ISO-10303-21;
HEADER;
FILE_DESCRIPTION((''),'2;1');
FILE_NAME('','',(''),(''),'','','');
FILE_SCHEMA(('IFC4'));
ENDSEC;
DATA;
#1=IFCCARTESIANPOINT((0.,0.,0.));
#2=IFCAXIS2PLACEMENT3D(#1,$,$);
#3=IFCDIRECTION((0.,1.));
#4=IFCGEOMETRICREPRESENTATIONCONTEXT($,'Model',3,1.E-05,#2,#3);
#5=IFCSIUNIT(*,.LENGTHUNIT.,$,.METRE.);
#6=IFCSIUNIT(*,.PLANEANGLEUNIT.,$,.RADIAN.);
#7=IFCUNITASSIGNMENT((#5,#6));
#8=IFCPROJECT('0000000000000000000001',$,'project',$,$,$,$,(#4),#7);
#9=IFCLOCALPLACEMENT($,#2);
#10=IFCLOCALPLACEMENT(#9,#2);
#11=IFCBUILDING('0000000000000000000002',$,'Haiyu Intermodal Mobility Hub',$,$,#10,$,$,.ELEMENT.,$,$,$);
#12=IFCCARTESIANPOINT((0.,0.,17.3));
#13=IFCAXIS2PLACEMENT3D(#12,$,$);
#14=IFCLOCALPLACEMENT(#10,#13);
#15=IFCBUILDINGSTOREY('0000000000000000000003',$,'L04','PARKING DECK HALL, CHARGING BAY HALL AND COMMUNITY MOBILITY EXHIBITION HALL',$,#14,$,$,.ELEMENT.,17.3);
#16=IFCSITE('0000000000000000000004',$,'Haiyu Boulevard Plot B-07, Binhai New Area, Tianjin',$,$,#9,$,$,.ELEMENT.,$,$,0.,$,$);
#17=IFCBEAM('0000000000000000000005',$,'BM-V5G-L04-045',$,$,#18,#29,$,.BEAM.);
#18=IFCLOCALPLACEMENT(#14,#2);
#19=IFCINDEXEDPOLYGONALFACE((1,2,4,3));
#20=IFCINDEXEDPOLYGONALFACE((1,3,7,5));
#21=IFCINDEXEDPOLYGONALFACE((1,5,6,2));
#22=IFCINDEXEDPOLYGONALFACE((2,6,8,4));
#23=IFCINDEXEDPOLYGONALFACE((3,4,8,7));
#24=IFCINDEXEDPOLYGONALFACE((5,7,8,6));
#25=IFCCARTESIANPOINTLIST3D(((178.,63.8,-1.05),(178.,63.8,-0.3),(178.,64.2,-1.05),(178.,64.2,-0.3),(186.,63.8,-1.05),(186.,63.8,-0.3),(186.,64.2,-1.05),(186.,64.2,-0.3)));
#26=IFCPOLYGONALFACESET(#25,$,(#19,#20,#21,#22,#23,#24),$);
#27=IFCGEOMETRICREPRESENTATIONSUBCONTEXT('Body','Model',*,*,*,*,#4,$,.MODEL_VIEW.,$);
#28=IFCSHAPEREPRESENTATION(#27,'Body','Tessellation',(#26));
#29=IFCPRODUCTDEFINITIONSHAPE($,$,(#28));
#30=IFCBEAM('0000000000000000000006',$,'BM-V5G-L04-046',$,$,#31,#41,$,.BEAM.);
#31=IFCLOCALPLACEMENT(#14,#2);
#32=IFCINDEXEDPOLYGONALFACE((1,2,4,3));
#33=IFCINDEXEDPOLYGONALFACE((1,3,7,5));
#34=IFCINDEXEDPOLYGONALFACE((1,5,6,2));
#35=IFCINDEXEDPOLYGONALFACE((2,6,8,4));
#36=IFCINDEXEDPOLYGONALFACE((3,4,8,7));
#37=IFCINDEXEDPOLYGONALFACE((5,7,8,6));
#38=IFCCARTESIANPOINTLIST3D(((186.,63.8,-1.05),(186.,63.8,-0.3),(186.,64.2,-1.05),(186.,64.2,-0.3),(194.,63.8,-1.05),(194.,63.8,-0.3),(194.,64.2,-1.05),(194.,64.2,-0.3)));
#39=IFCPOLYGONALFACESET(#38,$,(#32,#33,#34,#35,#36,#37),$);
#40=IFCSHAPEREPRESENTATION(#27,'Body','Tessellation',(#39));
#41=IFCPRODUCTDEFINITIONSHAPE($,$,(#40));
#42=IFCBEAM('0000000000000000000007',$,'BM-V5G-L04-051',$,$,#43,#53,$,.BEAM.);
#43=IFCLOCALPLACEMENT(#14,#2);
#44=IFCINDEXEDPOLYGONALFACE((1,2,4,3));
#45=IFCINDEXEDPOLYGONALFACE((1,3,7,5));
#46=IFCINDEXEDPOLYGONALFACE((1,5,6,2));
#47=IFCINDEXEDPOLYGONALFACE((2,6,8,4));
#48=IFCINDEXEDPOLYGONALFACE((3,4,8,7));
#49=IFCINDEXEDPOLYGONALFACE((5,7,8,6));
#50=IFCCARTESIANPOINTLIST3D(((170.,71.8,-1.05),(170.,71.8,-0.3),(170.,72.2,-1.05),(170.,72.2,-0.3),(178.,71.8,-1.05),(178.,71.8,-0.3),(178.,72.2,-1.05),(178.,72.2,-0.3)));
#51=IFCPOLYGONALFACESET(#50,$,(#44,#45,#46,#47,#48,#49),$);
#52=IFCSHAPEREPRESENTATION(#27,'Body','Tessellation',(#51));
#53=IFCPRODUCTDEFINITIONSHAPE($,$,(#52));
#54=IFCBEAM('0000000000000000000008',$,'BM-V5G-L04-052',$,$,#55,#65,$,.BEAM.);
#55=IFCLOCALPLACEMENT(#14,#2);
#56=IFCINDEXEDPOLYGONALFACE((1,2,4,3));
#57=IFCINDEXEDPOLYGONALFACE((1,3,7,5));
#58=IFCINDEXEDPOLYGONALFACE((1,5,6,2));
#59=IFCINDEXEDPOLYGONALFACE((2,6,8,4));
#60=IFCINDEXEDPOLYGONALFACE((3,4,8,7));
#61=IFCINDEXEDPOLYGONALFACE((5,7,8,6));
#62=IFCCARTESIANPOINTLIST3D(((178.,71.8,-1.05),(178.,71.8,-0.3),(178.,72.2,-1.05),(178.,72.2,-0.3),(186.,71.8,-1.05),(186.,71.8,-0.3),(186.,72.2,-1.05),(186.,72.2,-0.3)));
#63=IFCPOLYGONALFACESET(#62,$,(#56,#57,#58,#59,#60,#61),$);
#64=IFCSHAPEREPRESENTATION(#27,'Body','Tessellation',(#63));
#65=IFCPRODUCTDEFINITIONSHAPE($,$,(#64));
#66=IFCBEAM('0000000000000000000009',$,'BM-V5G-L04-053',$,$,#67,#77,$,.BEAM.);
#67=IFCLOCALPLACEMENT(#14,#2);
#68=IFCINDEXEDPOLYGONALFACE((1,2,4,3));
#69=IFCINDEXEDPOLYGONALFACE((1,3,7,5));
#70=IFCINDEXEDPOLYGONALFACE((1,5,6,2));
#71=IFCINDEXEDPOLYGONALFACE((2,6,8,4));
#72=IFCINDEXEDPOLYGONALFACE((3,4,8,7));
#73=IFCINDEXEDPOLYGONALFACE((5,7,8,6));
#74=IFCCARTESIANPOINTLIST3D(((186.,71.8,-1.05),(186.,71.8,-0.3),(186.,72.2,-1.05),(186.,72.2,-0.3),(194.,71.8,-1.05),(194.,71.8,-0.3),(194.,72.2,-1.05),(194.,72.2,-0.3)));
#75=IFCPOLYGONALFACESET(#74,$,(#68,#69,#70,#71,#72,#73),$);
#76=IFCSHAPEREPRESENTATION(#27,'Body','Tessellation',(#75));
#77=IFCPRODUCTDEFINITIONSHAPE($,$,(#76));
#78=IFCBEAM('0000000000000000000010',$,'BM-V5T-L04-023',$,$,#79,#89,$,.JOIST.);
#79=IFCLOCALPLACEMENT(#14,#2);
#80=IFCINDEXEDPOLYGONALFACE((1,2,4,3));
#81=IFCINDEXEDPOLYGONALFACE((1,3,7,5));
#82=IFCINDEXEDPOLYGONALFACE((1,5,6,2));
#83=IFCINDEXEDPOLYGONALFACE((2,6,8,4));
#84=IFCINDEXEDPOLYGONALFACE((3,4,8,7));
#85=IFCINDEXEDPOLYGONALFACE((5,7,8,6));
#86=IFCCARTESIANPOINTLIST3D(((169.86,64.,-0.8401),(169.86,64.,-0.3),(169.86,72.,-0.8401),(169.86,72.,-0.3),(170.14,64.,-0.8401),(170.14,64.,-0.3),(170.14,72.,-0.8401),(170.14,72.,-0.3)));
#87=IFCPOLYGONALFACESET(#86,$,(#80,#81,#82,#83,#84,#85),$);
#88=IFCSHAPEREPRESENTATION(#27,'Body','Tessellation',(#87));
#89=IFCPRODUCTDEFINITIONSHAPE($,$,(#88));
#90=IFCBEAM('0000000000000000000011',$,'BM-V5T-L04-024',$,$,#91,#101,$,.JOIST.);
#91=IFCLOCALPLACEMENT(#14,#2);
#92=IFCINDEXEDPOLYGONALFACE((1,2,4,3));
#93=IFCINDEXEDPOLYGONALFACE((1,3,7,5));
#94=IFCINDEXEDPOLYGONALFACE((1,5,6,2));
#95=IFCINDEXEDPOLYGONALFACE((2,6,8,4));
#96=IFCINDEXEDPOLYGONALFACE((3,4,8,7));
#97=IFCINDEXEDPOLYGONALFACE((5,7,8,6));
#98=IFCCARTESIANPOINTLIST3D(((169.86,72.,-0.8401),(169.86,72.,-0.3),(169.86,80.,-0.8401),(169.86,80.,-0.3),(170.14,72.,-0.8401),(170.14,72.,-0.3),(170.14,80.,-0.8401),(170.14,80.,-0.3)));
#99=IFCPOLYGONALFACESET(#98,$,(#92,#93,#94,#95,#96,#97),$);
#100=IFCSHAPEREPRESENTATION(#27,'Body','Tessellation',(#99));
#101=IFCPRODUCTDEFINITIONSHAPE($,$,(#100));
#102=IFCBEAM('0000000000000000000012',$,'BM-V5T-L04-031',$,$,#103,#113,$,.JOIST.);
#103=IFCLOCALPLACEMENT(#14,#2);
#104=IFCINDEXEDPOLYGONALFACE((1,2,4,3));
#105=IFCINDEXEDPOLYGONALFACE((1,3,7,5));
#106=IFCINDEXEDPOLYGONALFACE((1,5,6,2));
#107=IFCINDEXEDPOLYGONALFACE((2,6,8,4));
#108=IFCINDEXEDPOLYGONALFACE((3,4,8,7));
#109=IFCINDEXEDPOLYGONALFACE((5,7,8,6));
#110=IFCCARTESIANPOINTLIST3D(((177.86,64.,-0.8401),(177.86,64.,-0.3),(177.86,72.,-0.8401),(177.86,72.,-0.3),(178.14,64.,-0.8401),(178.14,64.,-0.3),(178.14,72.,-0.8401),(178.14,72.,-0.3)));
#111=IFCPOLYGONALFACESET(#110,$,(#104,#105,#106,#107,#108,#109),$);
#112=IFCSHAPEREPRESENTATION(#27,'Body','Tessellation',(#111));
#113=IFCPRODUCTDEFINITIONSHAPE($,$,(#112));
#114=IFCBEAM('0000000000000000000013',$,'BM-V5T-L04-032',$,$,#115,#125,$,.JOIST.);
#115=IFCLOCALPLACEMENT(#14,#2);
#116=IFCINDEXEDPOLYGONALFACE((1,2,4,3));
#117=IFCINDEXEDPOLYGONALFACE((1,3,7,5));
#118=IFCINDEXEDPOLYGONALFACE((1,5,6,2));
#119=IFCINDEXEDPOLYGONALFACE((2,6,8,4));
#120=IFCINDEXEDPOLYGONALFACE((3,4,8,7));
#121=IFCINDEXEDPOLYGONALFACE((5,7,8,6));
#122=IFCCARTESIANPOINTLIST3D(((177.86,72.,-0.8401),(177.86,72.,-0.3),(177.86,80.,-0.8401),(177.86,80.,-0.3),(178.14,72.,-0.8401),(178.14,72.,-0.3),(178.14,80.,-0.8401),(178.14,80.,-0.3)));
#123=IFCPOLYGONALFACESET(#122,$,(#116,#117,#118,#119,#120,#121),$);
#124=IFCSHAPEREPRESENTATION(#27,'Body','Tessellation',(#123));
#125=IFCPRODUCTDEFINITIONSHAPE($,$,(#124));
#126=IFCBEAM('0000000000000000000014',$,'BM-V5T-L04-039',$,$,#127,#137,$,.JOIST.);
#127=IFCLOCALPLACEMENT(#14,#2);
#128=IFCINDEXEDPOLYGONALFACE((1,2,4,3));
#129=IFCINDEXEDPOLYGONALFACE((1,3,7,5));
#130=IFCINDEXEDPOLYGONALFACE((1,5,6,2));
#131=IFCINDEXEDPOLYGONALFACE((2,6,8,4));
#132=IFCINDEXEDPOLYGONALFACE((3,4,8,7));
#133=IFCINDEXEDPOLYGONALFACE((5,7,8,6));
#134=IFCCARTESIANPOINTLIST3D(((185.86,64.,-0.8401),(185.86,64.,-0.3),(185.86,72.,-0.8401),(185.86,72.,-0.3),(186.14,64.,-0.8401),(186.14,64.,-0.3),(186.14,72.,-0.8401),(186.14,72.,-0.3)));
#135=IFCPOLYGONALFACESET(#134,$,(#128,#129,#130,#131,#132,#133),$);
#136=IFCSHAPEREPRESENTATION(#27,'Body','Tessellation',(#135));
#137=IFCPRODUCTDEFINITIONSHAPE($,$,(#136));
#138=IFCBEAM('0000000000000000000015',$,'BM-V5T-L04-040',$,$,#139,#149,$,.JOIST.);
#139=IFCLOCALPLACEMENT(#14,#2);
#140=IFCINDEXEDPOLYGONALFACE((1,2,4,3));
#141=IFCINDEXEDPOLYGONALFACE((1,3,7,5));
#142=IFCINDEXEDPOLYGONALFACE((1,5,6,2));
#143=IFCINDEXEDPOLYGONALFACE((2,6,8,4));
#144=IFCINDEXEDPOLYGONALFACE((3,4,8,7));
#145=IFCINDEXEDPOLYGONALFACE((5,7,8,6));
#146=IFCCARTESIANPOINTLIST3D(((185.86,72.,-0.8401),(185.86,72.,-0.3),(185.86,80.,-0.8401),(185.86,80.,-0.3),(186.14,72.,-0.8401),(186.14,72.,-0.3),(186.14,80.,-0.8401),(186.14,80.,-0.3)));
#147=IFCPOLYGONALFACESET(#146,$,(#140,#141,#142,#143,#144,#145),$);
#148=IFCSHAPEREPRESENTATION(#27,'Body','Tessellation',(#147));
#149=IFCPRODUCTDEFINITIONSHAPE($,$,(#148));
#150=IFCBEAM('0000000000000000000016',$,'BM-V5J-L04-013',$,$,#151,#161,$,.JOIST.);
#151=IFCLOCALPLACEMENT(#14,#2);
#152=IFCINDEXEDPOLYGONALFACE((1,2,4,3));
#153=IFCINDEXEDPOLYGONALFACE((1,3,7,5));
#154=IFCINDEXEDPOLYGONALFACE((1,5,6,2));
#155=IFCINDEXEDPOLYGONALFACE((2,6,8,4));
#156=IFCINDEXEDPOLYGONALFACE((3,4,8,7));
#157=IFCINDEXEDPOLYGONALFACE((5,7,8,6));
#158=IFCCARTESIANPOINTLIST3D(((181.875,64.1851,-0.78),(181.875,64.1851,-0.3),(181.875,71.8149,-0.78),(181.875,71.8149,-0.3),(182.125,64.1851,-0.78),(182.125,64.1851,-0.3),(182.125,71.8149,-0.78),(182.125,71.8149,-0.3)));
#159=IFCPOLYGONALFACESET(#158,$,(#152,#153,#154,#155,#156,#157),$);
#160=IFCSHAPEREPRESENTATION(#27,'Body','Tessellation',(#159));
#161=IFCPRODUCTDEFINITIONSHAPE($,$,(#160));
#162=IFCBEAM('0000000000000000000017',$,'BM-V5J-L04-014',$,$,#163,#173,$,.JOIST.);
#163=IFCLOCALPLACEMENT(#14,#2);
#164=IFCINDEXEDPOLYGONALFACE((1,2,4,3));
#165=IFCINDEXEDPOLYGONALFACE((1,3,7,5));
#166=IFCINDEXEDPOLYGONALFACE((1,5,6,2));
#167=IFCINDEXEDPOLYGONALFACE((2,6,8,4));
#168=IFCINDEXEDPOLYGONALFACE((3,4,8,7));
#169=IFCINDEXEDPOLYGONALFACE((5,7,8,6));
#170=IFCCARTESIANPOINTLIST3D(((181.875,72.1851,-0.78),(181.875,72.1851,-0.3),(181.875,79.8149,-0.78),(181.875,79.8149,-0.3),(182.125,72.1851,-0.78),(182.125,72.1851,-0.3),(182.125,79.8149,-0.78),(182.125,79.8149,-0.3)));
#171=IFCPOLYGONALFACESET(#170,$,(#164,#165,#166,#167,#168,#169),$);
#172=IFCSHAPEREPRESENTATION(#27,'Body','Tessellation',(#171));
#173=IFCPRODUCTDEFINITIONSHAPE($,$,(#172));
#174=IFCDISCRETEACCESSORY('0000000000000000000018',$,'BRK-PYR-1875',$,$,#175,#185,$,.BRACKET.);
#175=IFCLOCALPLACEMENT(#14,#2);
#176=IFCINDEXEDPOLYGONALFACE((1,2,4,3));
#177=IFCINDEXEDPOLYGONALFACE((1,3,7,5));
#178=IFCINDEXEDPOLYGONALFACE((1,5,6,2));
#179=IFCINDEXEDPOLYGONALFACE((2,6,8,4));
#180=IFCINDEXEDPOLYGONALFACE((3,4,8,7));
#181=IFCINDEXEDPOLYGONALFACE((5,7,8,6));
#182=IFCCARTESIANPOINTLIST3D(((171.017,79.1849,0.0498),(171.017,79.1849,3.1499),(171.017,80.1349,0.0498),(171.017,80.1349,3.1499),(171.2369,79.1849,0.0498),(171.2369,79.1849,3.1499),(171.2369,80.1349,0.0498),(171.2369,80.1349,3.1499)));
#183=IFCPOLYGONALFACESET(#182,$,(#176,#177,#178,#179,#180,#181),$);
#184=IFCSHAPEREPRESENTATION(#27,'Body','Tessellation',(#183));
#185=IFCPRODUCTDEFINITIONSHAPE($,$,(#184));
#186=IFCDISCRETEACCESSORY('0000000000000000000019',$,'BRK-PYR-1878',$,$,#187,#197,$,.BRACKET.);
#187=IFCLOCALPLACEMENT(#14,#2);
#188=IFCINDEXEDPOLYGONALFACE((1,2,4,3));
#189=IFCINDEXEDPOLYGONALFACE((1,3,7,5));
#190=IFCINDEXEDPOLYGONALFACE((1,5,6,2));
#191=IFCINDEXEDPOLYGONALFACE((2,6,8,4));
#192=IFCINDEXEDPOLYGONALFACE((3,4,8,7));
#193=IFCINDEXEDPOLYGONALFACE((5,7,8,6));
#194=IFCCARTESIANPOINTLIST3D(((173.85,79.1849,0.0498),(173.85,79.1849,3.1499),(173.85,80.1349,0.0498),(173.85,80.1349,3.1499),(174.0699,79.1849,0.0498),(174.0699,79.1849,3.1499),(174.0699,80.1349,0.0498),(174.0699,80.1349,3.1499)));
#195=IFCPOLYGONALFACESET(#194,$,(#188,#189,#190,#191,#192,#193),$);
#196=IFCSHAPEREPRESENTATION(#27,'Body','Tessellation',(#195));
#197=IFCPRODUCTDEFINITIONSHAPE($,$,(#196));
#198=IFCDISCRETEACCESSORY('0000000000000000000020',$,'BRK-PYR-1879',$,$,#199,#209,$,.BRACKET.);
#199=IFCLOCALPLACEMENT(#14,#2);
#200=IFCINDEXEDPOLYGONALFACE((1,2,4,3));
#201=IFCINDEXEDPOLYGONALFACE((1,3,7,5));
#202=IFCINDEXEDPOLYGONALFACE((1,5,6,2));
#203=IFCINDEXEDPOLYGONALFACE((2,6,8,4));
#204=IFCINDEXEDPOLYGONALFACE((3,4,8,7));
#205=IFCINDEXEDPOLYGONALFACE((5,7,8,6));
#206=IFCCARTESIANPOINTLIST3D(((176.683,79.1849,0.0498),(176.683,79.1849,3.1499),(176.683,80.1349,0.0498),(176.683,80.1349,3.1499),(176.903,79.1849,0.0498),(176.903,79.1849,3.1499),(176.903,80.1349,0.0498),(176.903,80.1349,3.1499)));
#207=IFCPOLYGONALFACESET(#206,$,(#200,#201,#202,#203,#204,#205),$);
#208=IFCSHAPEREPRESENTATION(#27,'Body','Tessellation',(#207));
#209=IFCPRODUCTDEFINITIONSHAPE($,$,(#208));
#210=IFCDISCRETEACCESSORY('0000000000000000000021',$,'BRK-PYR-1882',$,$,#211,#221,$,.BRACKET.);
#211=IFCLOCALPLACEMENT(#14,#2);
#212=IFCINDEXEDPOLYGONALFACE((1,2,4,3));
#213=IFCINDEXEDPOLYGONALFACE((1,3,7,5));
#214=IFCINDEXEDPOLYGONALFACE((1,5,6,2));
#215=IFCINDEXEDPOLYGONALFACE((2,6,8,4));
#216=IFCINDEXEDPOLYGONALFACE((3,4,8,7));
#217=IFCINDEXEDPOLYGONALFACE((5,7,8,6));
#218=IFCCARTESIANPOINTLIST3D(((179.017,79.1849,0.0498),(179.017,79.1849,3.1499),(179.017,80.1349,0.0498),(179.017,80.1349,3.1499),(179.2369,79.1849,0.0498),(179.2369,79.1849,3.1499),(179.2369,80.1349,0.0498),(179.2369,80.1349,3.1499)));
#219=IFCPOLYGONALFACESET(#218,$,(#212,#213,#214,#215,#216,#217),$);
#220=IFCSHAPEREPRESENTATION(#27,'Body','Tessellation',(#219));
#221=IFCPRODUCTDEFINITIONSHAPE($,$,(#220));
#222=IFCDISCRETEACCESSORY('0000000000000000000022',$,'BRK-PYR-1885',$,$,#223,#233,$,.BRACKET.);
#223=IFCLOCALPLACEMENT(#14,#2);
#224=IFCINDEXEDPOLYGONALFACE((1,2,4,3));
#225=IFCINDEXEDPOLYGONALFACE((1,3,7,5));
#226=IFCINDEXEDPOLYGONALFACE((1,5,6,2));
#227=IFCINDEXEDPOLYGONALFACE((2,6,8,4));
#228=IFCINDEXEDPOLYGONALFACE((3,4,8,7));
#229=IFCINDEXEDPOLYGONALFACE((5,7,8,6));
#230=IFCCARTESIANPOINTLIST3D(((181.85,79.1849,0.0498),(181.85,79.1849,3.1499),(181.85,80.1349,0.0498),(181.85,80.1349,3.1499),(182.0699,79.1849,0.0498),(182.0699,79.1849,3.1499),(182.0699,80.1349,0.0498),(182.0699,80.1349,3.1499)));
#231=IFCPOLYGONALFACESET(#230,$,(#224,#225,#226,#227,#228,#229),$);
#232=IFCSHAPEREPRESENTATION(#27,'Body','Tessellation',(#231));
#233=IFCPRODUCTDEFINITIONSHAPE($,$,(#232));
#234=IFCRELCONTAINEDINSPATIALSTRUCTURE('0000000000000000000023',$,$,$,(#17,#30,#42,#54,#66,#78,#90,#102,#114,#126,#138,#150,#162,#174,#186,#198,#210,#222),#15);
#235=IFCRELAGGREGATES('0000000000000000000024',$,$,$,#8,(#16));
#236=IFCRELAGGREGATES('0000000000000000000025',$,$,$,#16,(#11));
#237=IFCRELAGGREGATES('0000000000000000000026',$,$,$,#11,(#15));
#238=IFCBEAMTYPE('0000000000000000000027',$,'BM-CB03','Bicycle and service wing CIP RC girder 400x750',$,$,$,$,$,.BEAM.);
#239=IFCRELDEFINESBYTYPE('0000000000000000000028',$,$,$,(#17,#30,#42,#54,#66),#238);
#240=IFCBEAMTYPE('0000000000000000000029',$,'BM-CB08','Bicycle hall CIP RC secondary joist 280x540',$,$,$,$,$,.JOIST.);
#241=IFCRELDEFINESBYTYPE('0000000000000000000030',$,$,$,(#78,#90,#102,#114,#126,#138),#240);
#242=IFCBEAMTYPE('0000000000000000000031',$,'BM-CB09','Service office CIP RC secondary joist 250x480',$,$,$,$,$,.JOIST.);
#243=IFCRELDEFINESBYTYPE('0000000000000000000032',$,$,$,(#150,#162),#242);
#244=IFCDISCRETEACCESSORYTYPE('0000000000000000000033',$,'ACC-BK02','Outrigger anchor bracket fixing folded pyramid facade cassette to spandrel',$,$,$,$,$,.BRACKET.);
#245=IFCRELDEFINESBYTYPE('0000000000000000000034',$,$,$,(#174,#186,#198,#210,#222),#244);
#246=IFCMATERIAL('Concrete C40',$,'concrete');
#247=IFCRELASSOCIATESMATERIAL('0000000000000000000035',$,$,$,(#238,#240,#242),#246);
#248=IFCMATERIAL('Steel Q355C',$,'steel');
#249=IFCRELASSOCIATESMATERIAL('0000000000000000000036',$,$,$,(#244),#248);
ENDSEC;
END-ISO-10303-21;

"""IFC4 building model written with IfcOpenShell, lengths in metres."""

from ifc_helpers import new_model, si_unit, direction, frame, origin, origin_2d, place, context, subcontext, project, spatial, rectangle, extrude, material, material_profile, profile_set, type_object, element, save


model = new_model("IFC4")

# Units and contexts
model_context = context("Model", 3, precision=1e-05, world=origin(), true_north=direction((0.0, 1.0)))
body_context = subcontext(model_context, "Body", "Model", "MODEL_VIEW")
ifc_project = project(units=[si_unit("LENGTHUNIT", "METRE"), si_unit("PLANEANGLEUNIT", "RADIAN")], contexts=[model_context])

# Site, building, storey
site_placement = place(None, origin())
site = spatial("IfcSite", under=ifc_project, at=site_placement, Name="Haiyu Boulevard Plot B-07, Binhai New Area, Tianjin", CompositionType="ELEMENT", RefElevation=0.0)
building_placement = place(site_placement, origin())
building = spatial("IfcBuilding", under=site, at=building_placement, Name="Haiyu Intermodal Mobility Hub", CompositionType="ELEMENT")
storey_placement = place(building_placement, frame((0.0, 0.0, 17.3)))
storey = spatial("IfcBuildingStorey", under=building, at=storey_placement, Name="L04", Description="PARKING DECK HALL, CHARGING BAY HALL AND COMMUNITY MOBILITY EXHIBITION HALL", CompositionType="ELEMENT", Elevation=17.3)

# Beams
ifc_material_1 = material(Name="Concrete C40", Category="concrete")
ifc_material_profile_1 = material_profile(ifc_material_1, rectangle(XDim=0.3999, YDim=0.75, at=origin_2d()), Name="RCB400x750")
ifc_profile_set_1 = profile_set([ifc_material_profile_1], Name="Concrete C40")
beam_type_1 = type_object("IfcBeamType", Name="BM-CB03", Description="Bicycle and service wing CIP RC girder 400x750", PredefinedType="BEAM", material=ifc_profile_set_1)
for number, where, z_axis, x_axis, name in (
    (1, (178.0, 64.0, -0.675), (1.0, 0.0, 0.0), (0.0, 1.0, 0.0), "BM-V5G-L04-045"),
    (2, (186.0, 64.0, -0.675), (1.0, 0.0, 0.0), (0.0, 1.0, 0.0), "BM-V5G-L04-046"),
    (3, (170.0, 72.0, -0.675), (1.0, 0.0, 0.0), (0.0, 1.0, 0.0), "BM-V5G-L04-051"),
    (4, (178.0, 72.0, -0.675), (1.0, 0.0, 0.0), (0.0, 1.0, 0.0), "BM-V5G-L04-052"),
    (5, (186.0, 72.0, -0.675), (1.0, 0.0, 0.0), (0.0, 1.0, 0.0), "BM-V5G-L04-053"),
):
    element("IfcBeam", number, at=place(storey_placement, frame(where, z_axis=z_axis, x_axis=x_axis)), inside=storey, type_object=beam_type_1, Name=name, PredefinedType="BEAM", context=body_context, shape_type="SweptSolid", body=[
        extrude(rectangle(XDim=0.3999, YDim=0.75, at=origin_2d()), origin(), (0.0, 0.0, 1.0), 8.0),
    ])
ifc_material_profile_2 = material_profile(ifc_material_1, rectangle(XDim=0.28, YDim=0.54, at=origin_2d()), Name="RCB280x540")
ifc_profile_set_2 = profile_set([ifc_material_profile_2], Name="Concrete C40")
beam_type_2 = type_object("IfcBeamType", Name="BM-CB08", Description="Bicycle hall CIP RC secondary joist 280x540", PredefinedType="JOIST", material=ifc_profile_set_2)
for number, where, z_axis, x_axis, name in (
    (6, (170.0, 64.0, -0.5701), (0.0, 1.0, 0.0), (-1.0, 0.0, 0.0), "BM-V5T-L04-023"),
    (7, (170.0, 72.0, -0.5701), (0.0, 1.0, 0.0), (-1.0, 0.0, 0.0), "BM-V5T-L04-024"),
    (8, (178.0, 64.0, -0.5701), (0.0, 1.0, 0.0), (-1.0, 0.0, 0.0), "BM-V5T-L04-031"),
    (9, (178.0, 72.0, -0.5701), (0.0, 1.0, 0.0), (-1.0, 0.0, 0.0), "BM-V5T-L04-032"),
    (10, (186.0, 64.0, -0.5701), (0.0, 1.0, 0.0), (-1.0, 0.0, 0.0), "BM-V5T-L04-039"),
    (11, (186.0, 72.0, -0.5701), (0.0, 1.0, 0.0), (-1.0, 0.0, 0.0), "BM-V5T-L04-040"),
):
    element("IfcBeam", number, at=place(storey_placement, frame(where, z_axis=z_axis, x_axis=x_axis)), inside=storey, type_object=beam_type_2, Name=name, PredefinedType="JOIST", context=body_context, shape_type="SweptSolid", body=[
        extrude(rectangle(XDim=0.28, YDim=0.54, at=origin_2d()), origin(), (0.0, 0.0, 1.0), 8.0),
    ])
ifc_material_profile_3 = material_profile(ifc_material_1, rectangle(XDim=0.25, YDim=0.48, at=origin_2d()), Name="RCB250x480")
ifc_profile_set_3 = profile_set([ifc_material_profile_3], Name="Concrete C40")
beam_type_3 = type_object("IfcBeamType", Name="BM-CB09", Description="Service office CIP RC secondary joist 250x480", PredefinedType="JOIST", material=ifc_profile_set_3)
for number, where, z_axis, x_axis, name in (
    (12, (182.0, 64.1851, -0.54), (0.0, 1.0, 0.0), (-1.0, 0.0, 0.0), "BM-V5J-L04-013"),
    (13, (182.0, 72.1851, -0.54), (0.0, 1.0, 0.0), (-1.0, 0.0, 0.0), "BM-V5J-L04-014"),
):
    element("IfcBeam", number, at=place(storey_placement, frame(where, z_axis=z_axis, x_axis=x_axis)), inside=storey, type_object=beam_type_3, Name=name, PredefinedType="JOIST", context=body_context, shape_type="SweptSolid", body=[
        extrude(rectangle(XDim=0.25, YDim=0.48, at=origin_2d()), origin(), (0.0, 0.0, 1.0), 7.6299),
    ])

# Shared definitions
ifc_material_2 = material(Name="Steel Q355C", Category="steel")

# Discrete accessories
discrete_accessory_type = type_object("IfcDiscreteAccessoryType", Name="ACC-BK02", Description="Outrigger anchor bracket fixing folded pyramid facade cassette to spandrel", PredefinedType="BRACKET", material=ifc_material_2)
for number, where, z_axis, x_axis, name in (
    (14, (171.127, 79.6599, 0.0498), (0.0, 0.0, 1.0), (1.0, 0.0, 0.0), "BRK-PYR-1875"),
    (15, (173.96, 79.6599, 0.0498), (0.0, 0.0, 1.0), (1.0, 0.0, 0.0), "BRK-PYR-1878"),
    (16, (176.793, 79.6599, 0.0498), (0.0, 0.0, 1.0), (1.0, 0.0, 0.0), "BRK-PYR-1879"),
    (17, (179.127, 79.6599, 0.0498), (0.0, 0.0, 1.0), (1.0, 0.0, 0.0), "BRK-PYR-1882"),
    (18, (181.96, 79.6599, 0.0498), (0.0, 0.0, 1.0), (1.0, 0.0, 0.0), "BRK-PYR-1885"),
):
    element("IfcDiscreteAccessory", number, at=place(storey_placement, frame(where, z_axis=z_axis, x_axis=x_axis)), inside=storey, type_object=discrete_accessory_type, Name=name, PredefinedType="BRACKET", context=body_context, shape_type="SweptSolid", body=[
        extrude(rectangle(XDim=0.22, YDim=0.95, at=origin_2d()), origin(), (0.0, 0.0, 1.0), 3.1001),
    ])

save(model, "model.ifc")
